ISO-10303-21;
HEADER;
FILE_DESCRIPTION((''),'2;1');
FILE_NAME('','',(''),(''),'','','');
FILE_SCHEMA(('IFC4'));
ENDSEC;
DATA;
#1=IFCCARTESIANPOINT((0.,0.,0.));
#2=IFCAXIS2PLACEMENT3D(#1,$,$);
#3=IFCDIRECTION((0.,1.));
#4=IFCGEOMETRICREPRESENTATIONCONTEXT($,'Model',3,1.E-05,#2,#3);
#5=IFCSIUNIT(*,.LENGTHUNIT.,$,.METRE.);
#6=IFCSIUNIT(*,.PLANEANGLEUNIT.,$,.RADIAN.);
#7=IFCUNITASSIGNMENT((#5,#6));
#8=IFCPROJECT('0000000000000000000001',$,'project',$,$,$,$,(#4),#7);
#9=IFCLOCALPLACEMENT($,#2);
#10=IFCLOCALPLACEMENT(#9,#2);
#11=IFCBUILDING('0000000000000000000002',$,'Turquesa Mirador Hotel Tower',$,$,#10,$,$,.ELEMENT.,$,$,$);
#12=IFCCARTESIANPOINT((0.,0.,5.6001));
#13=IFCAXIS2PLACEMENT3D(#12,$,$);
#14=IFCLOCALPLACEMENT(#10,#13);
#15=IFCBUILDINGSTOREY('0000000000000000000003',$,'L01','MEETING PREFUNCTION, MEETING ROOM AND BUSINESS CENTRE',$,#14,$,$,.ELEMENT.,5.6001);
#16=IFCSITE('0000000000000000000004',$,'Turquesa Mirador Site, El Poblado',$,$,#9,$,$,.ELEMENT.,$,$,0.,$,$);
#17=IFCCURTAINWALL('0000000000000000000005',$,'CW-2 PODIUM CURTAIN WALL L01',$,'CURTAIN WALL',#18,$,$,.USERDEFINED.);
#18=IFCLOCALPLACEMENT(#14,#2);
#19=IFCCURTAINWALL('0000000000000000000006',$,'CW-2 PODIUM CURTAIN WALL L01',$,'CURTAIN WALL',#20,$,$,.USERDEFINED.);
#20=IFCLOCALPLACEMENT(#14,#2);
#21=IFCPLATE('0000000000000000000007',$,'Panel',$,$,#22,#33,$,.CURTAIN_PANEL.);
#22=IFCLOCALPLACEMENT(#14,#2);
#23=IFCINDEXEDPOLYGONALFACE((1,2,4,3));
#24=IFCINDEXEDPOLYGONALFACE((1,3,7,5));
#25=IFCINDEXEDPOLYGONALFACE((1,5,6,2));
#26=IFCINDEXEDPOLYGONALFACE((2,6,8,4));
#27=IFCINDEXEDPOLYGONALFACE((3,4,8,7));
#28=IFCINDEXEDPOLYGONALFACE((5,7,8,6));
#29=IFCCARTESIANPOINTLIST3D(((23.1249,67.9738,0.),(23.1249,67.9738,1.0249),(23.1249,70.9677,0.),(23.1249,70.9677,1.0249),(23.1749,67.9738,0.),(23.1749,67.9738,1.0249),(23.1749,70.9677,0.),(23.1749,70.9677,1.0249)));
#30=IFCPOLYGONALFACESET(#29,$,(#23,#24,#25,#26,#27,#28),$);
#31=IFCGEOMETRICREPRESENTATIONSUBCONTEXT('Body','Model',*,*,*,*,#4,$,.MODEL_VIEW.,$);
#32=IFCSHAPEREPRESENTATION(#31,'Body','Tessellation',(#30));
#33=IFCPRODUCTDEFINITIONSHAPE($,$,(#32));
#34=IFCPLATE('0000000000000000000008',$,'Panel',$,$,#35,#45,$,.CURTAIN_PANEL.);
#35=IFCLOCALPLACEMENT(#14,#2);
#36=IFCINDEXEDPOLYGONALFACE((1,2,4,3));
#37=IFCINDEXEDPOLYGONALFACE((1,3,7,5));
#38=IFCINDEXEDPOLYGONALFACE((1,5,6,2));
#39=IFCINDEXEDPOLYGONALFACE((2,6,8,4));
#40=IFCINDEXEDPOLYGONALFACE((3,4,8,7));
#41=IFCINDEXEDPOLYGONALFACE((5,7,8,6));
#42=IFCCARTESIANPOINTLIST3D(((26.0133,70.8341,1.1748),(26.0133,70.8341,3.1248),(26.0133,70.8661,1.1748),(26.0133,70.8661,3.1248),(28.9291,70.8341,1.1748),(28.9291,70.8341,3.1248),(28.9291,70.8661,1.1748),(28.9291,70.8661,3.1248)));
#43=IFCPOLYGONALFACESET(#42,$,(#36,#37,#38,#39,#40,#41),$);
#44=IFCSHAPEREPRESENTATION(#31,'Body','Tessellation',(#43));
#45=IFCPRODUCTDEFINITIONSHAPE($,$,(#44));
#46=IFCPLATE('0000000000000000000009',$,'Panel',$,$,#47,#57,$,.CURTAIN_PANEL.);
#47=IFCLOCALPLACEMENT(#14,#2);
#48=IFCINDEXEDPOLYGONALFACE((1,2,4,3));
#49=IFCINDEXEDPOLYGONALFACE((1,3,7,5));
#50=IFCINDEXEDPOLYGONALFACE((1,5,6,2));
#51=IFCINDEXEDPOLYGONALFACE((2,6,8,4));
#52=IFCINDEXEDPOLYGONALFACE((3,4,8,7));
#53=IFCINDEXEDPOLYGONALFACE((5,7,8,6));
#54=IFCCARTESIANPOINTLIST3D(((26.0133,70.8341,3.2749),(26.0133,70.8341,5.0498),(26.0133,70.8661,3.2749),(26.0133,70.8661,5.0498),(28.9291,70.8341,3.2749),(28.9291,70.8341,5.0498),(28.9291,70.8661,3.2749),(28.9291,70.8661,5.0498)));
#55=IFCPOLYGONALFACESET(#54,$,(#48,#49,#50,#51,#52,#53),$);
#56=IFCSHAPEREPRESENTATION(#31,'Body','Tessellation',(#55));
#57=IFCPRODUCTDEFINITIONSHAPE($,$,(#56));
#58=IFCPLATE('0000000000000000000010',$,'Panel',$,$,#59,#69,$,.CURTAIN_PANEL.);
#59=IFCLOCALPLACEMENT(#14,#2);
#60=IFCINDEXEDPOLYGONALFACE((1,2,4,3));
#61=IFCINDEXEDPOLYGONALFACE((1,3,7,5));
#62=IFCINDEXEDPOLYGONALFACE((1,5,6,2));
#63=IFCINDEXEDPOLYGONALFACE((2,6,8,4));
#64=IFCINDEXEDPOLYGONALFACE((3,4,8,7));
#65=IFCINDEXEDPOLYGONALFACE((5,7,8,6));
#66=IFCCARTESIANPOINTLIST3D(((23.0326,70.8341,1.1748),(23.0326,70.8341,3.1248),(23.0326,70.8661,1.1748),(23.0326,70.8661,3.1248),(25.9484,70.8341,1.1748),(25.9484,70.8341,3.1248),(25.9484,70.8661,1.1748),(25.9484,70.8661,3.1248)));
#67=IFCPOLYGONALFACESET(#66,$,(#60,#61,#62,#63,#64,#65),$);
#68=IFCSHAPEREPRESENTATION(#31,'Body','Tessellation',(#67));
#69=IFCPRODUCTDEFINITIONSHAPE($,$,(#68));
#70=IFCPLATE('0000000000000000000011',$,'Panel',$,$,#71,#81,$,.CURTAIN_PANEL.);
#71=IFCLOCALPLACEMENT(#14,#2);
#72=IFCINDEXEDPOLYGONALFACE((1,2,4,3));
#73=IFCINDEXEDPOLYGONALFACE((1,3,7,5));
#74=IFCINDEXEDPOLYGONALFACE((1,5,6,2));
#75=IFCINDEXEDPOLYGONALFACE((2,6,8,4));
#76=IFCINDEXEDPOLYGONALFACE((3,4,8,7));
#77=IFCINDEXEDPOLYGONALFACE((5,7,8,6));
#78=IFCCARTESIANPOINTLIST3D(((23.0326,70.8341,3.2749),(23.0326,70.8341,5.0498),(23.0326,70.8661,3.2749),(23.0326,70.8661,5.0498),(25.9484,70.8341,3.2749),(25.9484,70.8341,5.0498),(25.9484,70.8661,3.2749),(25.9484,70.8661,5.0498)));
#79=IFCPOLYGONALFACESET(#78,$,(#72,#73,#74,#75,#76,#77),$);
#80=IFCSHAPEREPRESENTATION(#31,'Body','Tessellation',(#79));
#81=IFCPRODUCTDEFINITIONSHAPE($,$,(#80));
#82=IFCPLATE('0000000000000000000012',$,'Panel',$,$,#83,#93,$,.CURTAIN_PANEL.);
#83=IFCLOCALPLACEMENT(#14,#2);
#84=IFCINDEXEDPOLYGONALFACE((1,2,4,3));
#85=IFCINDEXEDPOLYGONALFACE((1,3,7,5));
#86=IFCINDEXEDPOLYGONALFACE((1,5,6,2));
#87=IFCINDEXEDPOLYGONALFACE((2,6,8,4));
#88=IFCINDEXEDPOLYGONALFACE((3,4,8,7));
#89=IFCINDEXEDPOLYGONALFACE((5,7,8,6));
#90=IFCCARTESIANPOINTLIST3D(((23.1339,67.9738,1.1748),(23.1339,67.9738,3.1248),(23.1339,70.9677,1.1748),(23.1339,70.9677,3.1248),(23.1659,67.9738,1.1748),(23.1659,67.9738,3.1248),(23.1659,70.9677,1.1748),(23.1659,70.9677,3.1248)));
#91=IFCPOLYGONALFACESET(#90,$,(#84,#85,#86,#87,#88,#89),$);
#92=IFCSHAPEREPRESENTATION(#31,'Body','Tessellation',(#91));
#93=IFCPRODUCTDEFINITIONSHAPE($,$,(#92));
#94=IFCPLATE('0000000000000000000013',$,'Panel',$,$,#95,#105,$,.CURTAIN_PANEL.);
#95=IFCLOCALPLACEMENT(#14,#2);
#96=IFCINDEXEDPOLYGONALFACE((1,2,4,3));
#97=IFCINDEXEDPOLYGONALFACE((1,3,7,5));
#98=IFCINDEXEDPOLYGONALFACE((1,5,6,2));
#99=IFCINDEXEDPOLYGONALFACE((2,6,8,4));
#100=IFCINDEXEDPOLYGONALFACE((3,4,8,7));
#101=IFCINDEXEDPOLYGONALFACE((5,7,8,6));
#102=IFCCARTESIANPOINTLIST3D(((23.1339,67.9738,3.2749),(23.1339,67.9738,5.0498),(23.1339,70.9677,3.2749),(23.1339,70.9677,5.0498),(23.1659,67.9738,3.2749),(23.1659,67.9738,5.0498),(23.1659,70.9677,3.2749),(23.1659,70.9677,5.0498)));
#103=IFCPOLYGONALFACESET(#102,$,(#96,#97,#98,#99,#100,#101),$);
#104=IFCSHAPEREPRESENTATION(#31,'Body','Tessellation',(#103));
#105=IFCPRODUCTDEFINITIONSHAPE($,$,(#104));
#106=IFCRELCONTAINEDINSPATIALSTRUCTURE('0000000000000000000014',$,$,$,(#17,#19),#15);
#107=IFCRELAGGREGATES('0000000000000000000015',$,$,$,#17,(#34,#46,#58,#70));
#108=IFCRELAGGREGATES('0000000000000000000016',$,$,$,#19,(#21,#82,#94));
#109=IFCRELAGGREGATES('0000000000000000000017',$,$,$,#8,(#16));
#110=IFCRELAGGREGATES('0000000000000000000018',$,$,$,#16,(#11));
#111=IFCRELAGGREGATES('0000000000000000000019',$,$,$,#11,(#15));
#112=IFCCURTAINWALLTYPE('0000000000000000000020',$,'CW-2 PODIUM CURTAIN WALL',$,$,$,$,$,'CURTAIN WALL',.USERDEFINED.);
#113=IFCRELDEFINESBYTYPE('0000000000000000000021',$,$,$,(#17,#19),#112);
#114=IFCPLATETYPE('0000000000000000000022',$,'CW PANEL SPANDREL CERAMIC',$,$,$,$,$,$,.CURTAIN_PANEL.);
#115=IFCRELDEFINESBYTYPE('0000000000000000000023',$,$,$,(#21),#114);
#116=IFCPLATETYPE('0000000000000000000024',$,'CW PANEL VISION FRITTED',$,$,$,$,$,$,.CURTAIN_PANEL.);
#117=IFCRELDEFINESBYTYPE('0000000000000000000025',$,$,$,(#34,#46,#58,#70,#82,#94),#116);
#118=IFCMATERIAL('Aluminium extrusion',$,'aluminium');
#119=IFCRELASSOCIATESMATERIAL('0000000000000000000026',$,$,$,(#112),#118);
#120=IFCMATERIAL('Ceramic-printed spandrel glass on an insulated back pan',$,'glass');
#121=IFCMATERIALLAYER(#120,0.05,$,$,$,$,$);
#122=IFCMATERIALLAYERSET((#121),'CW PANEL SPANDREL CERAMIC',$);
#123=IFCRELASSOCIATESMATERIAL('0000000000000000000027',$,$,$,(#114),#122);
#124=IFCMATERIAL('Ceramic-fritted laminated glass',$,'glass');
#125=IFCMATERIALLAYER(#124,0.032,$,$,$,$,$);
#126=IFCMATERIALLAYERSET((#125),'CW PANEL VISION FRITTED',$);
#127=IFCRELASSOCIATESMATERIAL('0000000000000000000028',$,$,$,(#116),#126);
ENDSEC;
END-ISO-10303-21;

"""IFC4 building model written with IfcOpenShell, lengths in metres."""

from ifc_helpers import new_model, si_unit, direction, frame, origin, origin_2d, place, context, subcontext, project, spatial, rectangle, extrude, material, layer, layer_set, type_object, element, aggregate, save


model = new_model("IFC4")

# Units and contexts
model_context = context("Model", 3, precision=1e-05, world=origin(), true_north=direction((0.0, 1.0)))
body_context = subcontext(model_context, "Body", "Model", "MODEL_VIEW")
ifc_project = project(units=[si_unit("LENGTHUNIT", "METRE"), si_unit("PLANEANGLEUNIT", "RADIAN")], contexts=[model_context])

# Site, building, storey
site_placement = place(None, origin())
site = spatial("IfcSite", under=ifc_project, at=site_placement, Name="Turquesa Mirador Site, El Poblado", CompositionType="ELEMENT", RefElevation=0.0)
building_placement = place(site_placement, origin())
building = spatial("IfcBuilding", under=site, at=building_placement, Name="Turquesa Mirador Hotel Tower", CompositionType="ELEMENT")
storey_placement = place(building_placement, frame((0.0, 0.0, 5.6001)))
storey = spatial("IfcBuildingStorey", under=building, at=storey_placement, Name="L01", Description="MEETING PREFUNCTION, MEETING ROOM AND BUSINESS CENTRE", CompositionType="ELEMENT", Elevation=5.6001)

# Curtain wall
ifc_material_1 = material(Name="Aluminium extrusion", Category="aluminium")
curtain_wall_type = type_object("IfcCurtainWallType", Name="CW-2 PODIUM CURTAIN WALL", ElementType="CURTAIN WALL", PredefinedType="USERDEFINED", material=ifc_material_1)
curtain_wall_1_placement = place(storey_placement, origin())
curtain_wall_1 = element("IfcCurtainWall", 1, at=curtain_wall_1_placement, inside=storey, type_object=curtain_wall_type, Name="CW-2 PODIUM CURTAIN WALL L01", ObjectType="CURTAIN WALL", PredefinedType="USERDEFINED")

# Curtain wall
curtain_wall_2_placement = place(storey_placement, origin())
curtain_wall_2 = element("IfcCurtainWall", 2, at=curtain_wall_2_placement, inside=storey, type_object=curtain_wall_type, Name="CW-2 PODIUM CURTAIN WALL L01", ObjectType="CURTAIN WALL", PredefinedType="USERDEFINED")

# Plates
ifc_material_2 = material(Name="Ceramic-printed spandrel glass on an insulated back pan", Category="glass")
ifc_layer_1 = layer(ifc_material_2, 0.05)
ifc_layer_set_1 = layer_set([ifc_layer_1], Name="CW PANEL SPANDREL CERAMIC")
plate_type_1 = type_object("IfcPlateType", Name="CW PANEL SPANDREL CERAMIC", PredefinedType="CURTAIN_PANEL", material=ifc_layer_set_1)
plate_1_placement = place(storey_placement, frame((23.1499, 69.4707, 0.0), z_axis=(0.0, 0.0, 1.0), x_axis=(0.0, -1.0, 0.0)))
plate_1 = element("IfcPlate", 3, at=plate_1_placement, type_object=plate_type_1, Name="Panel", PredefinedType="CURTAIN_PANEL", context=body_context, shape_type="SweptSolid", body=[
    extrude(rectangle(XDim=2.9939, YDim=0.05, at=origin_2d()), origin(), (0.0, 0.0, 1.0), 1.0249),
])
ifc_material_3 = material(Name="Ceramic-fritted laminated glass", Category="glass")
ifc_layer_2 = layer(ifc_material_3, 0.032)
ifc_layer_set_2 = layer_set([ifc_layer_2], Name="CW PANEL VISION FRITTED")
plate_type_2 = type_object("IfcPlateType", Name="CW PANEL VISION FRITTED", PredefinedType="CURTAIN_PANEL", material=ifc_layer_set_2)
plate_2_placement = place(storey_placement, frame((27.4712, 70.8501, 1.1748), z_axis=(0.0, 0.0, 1.0), x_axis=(-1.0, 0.0, 0.0)))
plate_2 = element("IfcPlate", 4, at=plate_2_placement, type_object=plate_type_2, Name="Panel", PredefinedType="CURTAIN_PANEL", context=body_context, shape_type="SweptSolid", body=[
    extrude(rectangle(XDim=2.9158, YDim=0.032, at=origin_2d()), origin(), (0.0, 0.0, 1.0), 1.95),
])
plate_3_placement = place(storey_placement, frame((27.4712, 70.8501, 3.2749), z_axis=(0.0, 0.0, 1.0), x_axis=(-1.0, 0.0, 0.0)))
plate_3 = element("IfcPlate", 5, at=plate_3_placement, type_object=plate_type_2, Name="Panel", PredefinedType="CURTAIN_PANEL", context=body_context, shape_type="SweptSolid", body=[
    extrude(rectangle(XDim=2.9158, YDim=0.032, at=origin_2d()), origin(), (0.0, 0.0, 1.0), 1.7749),
])
plate_4_placement = place(storey_placement, frame((24.4905, 70.8501, 1.1748), z_axis=(0.0, 0.0, 1.0), x_axis=(-1.0, 0.0, 0.0)))
plate_4 = element("IfcPlate", 6, at=plate_4_placement, type_object=plate_type_2, Name="Panel", PredefinedType="CURTAIN_PANEL", context=body_context, shape_type="SweptSolid", body=[
    extrude(rectangle(XDim=2.9158, YDim=0.032, at=origin_2d()), origin(), (0.0, 0.0, 1.0), 1.95),
])
plate_5_placement = place(storey_placement, frame((24.4905, 70.8501, 3.2749), z_axis=(0.0, 0.0, 1.0), x_axis=(-1.0, 0.0, 0.0)))
plate_5 = element("IfcPlate", 7, at=plate_5_placement, type_object=plate_type_2, Name="Panel", PredefinedType="CURTAIN_PANEL", context=body_context, shape_type="SweptSolid", body=[
    extrude(rectangle(XDim=2.9158, YDim=0.032, at=origin_2d()), origin(), (0.0, 0.0, 1.0), 1.7749),
])
aggregate(curtain_wall_1, [plate_2, plate_3, plate_4, plate_5])
plate_6_placement = place(storey_placement, frame((23.1499, 69.4707, 1.1748), z_axis=(0.0, 0.0, 1.0), x_axis=(0.0, -1.0, 0.0)))
plate_6 = element("IfcPlate", 8, at=plate_6_placement, type_object=plate_type_2, Name="Panel", PredefinedType="CURTAIN_PANEL", context=body_context, shape_type="SweptSolid", body=[
    extrude(rectangle(XDim=2.9939, YDim=0.032, at=origin_2d()), origin(), (0.0, 0.0, 1.0), 1.95),
])
plate_7_placement = place(storey_placement, frame((23.1499, 69.4707, 3.2749), z_axis=(0.0, 0.0, 1.0), x_axis=(0.0, -1.0, 0.0)))
plate_7 = element("IfcPlate", 9, at=plate_7_placement, type_object=plate_type_2, Name="Panel", PredefinedType="CURTAIN_PANEL", context=body_context, shape_type="SweptSolid", body=[
    extrude(rectangle(XDim=2.9939, YDim=0.032, at=origin_2d()), origin(), (0.0, 0.0, 1.0), 1.7749),
])
aggregate(curtain_wall_2, [plate_1, plate_6, plate_7])

save(model, "model.ifc")
